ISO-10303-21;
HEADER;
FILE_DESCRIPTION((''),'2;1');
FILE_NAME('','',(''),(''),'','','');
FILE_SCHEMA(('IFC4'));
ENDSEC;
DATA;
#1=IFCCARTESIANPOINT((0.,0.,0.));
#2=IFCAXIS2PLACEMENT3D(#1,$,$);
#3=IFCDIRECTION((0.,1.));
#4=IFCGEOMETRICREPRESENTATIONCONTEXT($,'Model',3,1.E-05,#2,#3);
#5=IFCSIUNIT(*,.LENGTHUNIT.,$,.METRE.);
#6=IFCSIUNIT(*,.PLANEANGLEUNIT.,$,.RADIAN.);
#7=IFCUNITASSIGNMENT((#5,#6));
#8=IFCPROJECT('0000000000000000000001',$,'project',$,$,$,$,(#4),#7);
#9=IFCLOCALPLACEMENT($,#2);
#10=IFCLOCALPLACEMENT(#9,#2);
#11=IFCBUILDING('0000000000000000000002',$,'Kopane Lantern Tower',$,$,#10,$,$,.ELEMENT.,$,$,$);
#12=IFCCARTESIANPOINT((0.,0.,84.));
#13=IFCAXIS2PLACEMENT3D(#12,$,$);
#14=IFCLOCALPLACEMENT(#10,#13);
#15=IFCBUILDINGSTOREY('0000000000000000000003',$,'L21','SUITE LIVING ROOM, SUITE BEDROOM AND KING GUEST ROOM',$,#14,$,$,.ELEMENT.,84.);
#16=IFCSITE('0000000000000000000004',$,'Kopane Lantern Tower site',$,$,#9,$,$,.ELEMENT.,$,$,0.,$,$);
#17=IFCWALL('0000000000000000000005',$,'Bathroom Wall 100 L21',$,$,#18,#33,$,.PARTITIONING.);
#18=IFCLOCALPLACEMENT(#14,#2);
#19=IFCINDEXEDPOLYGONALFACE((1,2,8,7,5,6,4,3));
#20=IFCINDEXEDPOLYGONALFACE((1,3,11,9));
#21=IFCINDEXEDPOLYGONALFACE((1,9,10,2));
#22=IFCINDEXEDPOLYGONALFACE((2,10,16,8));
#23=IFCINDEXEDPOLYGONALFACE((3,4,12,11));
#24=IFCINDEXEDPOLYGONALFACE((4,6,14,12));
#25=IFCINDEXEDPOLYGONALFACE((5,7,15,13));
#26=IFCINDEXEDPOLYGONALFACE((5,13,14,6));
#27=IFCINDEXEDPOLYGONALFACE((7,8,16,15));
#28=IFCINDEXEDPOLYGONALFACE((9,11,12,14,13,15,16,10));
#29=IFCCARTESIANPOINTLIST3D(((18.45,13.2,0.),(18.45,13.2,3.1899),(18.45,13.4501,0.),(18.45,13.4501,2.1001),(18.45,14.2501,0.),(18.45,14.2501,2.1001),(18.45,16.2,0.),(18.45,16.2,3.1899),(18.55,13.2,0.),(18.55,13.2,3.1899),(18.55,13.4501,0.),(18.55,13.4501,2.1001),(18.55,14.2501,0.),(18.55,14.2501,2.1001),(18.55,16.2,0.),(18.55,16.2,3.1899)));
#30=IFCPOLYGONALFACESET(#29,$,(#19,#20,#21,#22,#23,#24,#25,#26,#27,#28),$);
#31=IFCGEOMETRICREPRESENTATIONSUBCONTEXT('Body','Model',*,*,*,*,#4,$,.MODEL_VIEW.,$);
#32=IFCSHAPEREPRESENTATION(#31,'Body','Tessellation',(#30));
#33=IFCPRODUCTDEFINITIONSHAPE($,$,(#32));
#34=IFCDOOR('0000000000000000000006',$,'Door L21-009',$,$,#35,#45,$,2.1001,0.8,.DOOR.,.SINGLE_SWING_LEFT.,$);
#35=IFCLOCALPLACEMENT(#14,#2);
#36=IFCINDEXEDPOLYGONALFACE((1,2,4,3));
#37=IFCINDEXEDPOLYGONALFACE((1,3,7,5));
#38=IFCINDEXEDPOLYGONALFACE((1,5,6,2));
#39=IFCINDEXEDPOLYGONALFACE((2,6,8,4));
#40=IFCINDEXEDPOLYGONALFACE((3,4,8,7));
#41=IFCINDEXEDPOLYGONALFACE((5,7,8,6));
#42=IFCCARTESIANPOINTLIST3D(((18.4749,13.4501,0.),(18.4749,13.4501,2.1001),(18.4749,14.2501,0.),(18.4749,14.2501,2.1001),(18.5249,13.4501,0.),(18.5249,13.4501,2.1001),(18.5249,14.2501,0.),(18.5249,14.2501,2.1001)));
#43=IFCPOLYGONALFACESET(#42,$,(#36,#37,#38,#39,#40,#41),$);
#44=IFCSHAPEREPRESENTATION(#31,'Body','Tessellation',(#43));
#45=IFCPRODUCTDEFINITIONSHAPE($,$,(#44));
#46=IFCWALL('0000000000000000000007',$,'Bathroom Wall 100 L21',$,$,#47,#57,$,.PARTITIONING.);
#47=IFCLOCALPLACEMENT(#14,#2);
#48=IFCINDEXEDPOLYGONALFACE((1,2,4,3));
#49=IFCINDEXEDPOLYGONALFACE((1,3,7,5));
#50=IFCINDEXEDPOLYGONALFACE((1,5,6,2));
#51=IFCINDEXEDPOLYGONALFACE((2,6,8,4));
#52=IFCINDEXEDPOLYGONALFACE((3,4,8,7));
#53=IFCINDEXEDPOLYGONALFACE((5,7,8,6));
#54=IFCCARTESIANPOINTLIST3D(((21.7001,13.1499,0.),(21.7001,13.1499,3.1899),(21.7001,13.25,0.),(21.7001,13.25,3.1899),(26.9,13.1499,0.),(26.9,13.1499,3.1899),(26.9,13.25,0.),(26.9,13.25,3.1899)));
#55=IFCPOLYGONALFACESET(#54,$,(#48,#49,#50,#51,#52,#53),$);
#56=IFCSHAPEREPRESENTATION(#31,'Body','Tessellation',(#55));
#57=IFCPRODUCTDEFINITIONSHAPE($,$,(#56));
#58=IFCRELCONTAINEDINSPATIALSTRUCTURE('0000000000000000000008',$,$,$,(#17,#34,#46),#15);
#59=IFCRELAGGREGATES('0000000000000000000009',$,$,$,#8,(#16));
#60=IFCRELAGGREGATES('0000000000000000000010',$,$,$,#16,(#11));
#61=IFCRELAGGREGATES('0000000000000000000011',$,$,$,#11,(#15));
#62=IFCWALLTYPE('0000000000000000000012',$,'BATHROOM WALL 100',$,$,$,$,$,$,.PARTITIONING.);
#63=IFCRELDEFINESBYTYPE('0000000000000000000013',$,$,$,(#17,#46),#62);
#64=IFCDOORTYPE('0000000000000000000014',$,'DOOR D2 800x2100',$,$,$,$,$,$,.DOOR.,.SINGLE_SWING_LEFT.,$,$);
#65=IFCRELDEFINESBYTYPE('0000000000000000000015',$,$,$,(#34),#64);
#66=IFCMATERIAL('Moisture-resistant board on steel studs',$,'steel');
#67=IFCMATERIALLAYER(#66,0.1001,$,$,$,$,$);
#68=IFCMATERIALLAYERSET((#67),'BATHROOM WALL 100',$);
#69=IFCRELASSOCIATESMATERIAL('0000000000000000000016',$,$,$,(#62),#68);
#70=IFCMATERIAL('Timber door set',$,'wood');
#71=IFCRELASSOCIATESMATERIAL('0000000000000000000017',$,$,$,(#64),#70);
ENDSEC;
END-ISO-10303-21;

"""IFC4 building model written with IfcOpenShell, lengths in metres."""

from ifc_helpers import new_model, si_unit, direction, frame, frame_2d, origin, place, context, subcontext, project, spatial, rectangle, extrude, material, layer, layer_set, type_object, element, fill, save


model = new_model("IFC4")

# Units and contexts
model_context = context("Model", 3, precision=1e-05, world=origin(), true_north=direction((0.0, 1.0)))
body_context = subcontext(model_context, "Body", "Model", "MODEL_VIEW")
ifc_project = project(units=[si_unit("LENGTHUNIT", "METRE"), si_unit("PLANEANGLEUNIT", "RADIAN")], contexts=[model_context])

# Site, building, storey
site_placement = place(None, origin())
site = spatial("IfcSite", under=ifc_project, at=site_placement, Name="Kopane Lantern Tower site", CompositionType="ELEMENT", RefElevation=0.0)
building_placement = place(site_placement, origin())
building = spatial("IfcBuilding", under=site, at=building_placement, Name="Kopane Lantern Tower", CompositionType="ELEMENT")
storey_placement = place(building_placement, frame((0.0, 0.0, 84.0)))
storey = spatial("IfcBuildingStorey", under=building, at=storey_placement, Name="L21", Description="SUITE LIVING ROOM, SUITE BEDROOM AND KING GUEST ROOM", CompositionType="ELEMENT", Elevation=84.0)

# Shared definitions
ifc_material_1 = material(Name="Moisture-resistant board on steel studs", Category="steel")
ifc_layer_1 = layer(ifc_material_1, 0.1001)
ifc_layer_set_1 = layer_set([ifc_layer_1], Name="BATHROOM WALL 100")
wall_type_1 = type_object("IfcWallType", Name="BATHROOM WALL 100", PredefinedType="PARTITIONING", material=ifc_layer_set_1)

# Wall, opening, door
wall_1_placement = place(storey_placement, frame((18.5, 16.2, 0.0), z_axis=(0.0, 0.0, 1.0), x_axis=(0.0, -1.0, 0.0)))
wall_1 = element("IfcWall", 1, at=wall_1_placement, inside=storey, type_object=wall_type_1, Name="Bathroom Wall 100 L21", PredefinedType="PARTITIONING", context=body_context, shape_type="SweptSolid", body=[
    extrude(rectangle(XDim=3.0, YDim=0.1001, at=frame_2d((1.5, 0.0))), origin(), (0.0, 0.0, 1.0), 3.1899),
])
opening_1_placement = place(wall_1_placement, frame((1.95, 0.0, 0.0)))
opening_1 = element("IfcOpeningElement", 2, at=opening_1_placement, cuts=wall_1, PredefinedType="OPENING", context=body_context, shape_type="SweptSolid", body=[
    extrude(rectangle(XDim=0.8, YDim=2.1001, at=frame_2d((0.3999, 1.05))), frame((0.0, 0.0601, 0.0), z_axis=(0.0, -1.0, 0.0), x_axis=(1.0, 0.0, 0.0)), (0.0, 0.0, 1.0), 0.1201),
])
ifc_material_2 = material(Name="Timber door set", Category="wood")
door_type_1 = type_object("IfcDoorType", Name="DOOR D2 800x2100", OperationType="SINGLE_SWING_LEFT", PredefinedType="DOOR", material=ifc_material_2)
door_1_placement = place(opening_1_placement, origin())
door_1 = element("IfcDoor", 3, at=door_1_placement, inside=storey, type_object=door_type_1, Name="Door L21-009", OperationType="SINGLE_SWING_LEFT", OverallHeight=2.1001, OverallWidth=0.8, PredefinedType="DOOR", context=body_context, shape_type="SweptSolid", body=[
    extrude(rectangle(XDim=0.8, YDim=2.1001, at=frame_2d((0.3999, 1.05))), frame((0.0, 0.0249, 0.0), z_axis=(0.0, -1.0, 0.0), x_axis=(1.0, 0.0, 0.0)), (0.0, 0.0, 1.0), 0.05),
])
fill(opening_1, door_1)

# Wall
wall_2_placement = place(storey_placement, frame((21.7, 13.2, 0.0), z_axis=(0.0, 0.0, 1.0), x_axis=(1.0, 0.0, 0.0)))
element("IfcWall", 4, at=wall_2_placement, inside=storey, type_object=wall_type_1, Name="Bathroom Wall 100 L21", PredefinedType="PARTITIONING", context=body_context, shape_type="SweptSolid", body=[
    extrude(rectangle(XDim=5.2, YDim=0.1001, at=frame_2d((2.6001, 0.0))), origin(), (0.0, 0.0, 1.0), 3.1899),
])

save(model, "model.ifc")
